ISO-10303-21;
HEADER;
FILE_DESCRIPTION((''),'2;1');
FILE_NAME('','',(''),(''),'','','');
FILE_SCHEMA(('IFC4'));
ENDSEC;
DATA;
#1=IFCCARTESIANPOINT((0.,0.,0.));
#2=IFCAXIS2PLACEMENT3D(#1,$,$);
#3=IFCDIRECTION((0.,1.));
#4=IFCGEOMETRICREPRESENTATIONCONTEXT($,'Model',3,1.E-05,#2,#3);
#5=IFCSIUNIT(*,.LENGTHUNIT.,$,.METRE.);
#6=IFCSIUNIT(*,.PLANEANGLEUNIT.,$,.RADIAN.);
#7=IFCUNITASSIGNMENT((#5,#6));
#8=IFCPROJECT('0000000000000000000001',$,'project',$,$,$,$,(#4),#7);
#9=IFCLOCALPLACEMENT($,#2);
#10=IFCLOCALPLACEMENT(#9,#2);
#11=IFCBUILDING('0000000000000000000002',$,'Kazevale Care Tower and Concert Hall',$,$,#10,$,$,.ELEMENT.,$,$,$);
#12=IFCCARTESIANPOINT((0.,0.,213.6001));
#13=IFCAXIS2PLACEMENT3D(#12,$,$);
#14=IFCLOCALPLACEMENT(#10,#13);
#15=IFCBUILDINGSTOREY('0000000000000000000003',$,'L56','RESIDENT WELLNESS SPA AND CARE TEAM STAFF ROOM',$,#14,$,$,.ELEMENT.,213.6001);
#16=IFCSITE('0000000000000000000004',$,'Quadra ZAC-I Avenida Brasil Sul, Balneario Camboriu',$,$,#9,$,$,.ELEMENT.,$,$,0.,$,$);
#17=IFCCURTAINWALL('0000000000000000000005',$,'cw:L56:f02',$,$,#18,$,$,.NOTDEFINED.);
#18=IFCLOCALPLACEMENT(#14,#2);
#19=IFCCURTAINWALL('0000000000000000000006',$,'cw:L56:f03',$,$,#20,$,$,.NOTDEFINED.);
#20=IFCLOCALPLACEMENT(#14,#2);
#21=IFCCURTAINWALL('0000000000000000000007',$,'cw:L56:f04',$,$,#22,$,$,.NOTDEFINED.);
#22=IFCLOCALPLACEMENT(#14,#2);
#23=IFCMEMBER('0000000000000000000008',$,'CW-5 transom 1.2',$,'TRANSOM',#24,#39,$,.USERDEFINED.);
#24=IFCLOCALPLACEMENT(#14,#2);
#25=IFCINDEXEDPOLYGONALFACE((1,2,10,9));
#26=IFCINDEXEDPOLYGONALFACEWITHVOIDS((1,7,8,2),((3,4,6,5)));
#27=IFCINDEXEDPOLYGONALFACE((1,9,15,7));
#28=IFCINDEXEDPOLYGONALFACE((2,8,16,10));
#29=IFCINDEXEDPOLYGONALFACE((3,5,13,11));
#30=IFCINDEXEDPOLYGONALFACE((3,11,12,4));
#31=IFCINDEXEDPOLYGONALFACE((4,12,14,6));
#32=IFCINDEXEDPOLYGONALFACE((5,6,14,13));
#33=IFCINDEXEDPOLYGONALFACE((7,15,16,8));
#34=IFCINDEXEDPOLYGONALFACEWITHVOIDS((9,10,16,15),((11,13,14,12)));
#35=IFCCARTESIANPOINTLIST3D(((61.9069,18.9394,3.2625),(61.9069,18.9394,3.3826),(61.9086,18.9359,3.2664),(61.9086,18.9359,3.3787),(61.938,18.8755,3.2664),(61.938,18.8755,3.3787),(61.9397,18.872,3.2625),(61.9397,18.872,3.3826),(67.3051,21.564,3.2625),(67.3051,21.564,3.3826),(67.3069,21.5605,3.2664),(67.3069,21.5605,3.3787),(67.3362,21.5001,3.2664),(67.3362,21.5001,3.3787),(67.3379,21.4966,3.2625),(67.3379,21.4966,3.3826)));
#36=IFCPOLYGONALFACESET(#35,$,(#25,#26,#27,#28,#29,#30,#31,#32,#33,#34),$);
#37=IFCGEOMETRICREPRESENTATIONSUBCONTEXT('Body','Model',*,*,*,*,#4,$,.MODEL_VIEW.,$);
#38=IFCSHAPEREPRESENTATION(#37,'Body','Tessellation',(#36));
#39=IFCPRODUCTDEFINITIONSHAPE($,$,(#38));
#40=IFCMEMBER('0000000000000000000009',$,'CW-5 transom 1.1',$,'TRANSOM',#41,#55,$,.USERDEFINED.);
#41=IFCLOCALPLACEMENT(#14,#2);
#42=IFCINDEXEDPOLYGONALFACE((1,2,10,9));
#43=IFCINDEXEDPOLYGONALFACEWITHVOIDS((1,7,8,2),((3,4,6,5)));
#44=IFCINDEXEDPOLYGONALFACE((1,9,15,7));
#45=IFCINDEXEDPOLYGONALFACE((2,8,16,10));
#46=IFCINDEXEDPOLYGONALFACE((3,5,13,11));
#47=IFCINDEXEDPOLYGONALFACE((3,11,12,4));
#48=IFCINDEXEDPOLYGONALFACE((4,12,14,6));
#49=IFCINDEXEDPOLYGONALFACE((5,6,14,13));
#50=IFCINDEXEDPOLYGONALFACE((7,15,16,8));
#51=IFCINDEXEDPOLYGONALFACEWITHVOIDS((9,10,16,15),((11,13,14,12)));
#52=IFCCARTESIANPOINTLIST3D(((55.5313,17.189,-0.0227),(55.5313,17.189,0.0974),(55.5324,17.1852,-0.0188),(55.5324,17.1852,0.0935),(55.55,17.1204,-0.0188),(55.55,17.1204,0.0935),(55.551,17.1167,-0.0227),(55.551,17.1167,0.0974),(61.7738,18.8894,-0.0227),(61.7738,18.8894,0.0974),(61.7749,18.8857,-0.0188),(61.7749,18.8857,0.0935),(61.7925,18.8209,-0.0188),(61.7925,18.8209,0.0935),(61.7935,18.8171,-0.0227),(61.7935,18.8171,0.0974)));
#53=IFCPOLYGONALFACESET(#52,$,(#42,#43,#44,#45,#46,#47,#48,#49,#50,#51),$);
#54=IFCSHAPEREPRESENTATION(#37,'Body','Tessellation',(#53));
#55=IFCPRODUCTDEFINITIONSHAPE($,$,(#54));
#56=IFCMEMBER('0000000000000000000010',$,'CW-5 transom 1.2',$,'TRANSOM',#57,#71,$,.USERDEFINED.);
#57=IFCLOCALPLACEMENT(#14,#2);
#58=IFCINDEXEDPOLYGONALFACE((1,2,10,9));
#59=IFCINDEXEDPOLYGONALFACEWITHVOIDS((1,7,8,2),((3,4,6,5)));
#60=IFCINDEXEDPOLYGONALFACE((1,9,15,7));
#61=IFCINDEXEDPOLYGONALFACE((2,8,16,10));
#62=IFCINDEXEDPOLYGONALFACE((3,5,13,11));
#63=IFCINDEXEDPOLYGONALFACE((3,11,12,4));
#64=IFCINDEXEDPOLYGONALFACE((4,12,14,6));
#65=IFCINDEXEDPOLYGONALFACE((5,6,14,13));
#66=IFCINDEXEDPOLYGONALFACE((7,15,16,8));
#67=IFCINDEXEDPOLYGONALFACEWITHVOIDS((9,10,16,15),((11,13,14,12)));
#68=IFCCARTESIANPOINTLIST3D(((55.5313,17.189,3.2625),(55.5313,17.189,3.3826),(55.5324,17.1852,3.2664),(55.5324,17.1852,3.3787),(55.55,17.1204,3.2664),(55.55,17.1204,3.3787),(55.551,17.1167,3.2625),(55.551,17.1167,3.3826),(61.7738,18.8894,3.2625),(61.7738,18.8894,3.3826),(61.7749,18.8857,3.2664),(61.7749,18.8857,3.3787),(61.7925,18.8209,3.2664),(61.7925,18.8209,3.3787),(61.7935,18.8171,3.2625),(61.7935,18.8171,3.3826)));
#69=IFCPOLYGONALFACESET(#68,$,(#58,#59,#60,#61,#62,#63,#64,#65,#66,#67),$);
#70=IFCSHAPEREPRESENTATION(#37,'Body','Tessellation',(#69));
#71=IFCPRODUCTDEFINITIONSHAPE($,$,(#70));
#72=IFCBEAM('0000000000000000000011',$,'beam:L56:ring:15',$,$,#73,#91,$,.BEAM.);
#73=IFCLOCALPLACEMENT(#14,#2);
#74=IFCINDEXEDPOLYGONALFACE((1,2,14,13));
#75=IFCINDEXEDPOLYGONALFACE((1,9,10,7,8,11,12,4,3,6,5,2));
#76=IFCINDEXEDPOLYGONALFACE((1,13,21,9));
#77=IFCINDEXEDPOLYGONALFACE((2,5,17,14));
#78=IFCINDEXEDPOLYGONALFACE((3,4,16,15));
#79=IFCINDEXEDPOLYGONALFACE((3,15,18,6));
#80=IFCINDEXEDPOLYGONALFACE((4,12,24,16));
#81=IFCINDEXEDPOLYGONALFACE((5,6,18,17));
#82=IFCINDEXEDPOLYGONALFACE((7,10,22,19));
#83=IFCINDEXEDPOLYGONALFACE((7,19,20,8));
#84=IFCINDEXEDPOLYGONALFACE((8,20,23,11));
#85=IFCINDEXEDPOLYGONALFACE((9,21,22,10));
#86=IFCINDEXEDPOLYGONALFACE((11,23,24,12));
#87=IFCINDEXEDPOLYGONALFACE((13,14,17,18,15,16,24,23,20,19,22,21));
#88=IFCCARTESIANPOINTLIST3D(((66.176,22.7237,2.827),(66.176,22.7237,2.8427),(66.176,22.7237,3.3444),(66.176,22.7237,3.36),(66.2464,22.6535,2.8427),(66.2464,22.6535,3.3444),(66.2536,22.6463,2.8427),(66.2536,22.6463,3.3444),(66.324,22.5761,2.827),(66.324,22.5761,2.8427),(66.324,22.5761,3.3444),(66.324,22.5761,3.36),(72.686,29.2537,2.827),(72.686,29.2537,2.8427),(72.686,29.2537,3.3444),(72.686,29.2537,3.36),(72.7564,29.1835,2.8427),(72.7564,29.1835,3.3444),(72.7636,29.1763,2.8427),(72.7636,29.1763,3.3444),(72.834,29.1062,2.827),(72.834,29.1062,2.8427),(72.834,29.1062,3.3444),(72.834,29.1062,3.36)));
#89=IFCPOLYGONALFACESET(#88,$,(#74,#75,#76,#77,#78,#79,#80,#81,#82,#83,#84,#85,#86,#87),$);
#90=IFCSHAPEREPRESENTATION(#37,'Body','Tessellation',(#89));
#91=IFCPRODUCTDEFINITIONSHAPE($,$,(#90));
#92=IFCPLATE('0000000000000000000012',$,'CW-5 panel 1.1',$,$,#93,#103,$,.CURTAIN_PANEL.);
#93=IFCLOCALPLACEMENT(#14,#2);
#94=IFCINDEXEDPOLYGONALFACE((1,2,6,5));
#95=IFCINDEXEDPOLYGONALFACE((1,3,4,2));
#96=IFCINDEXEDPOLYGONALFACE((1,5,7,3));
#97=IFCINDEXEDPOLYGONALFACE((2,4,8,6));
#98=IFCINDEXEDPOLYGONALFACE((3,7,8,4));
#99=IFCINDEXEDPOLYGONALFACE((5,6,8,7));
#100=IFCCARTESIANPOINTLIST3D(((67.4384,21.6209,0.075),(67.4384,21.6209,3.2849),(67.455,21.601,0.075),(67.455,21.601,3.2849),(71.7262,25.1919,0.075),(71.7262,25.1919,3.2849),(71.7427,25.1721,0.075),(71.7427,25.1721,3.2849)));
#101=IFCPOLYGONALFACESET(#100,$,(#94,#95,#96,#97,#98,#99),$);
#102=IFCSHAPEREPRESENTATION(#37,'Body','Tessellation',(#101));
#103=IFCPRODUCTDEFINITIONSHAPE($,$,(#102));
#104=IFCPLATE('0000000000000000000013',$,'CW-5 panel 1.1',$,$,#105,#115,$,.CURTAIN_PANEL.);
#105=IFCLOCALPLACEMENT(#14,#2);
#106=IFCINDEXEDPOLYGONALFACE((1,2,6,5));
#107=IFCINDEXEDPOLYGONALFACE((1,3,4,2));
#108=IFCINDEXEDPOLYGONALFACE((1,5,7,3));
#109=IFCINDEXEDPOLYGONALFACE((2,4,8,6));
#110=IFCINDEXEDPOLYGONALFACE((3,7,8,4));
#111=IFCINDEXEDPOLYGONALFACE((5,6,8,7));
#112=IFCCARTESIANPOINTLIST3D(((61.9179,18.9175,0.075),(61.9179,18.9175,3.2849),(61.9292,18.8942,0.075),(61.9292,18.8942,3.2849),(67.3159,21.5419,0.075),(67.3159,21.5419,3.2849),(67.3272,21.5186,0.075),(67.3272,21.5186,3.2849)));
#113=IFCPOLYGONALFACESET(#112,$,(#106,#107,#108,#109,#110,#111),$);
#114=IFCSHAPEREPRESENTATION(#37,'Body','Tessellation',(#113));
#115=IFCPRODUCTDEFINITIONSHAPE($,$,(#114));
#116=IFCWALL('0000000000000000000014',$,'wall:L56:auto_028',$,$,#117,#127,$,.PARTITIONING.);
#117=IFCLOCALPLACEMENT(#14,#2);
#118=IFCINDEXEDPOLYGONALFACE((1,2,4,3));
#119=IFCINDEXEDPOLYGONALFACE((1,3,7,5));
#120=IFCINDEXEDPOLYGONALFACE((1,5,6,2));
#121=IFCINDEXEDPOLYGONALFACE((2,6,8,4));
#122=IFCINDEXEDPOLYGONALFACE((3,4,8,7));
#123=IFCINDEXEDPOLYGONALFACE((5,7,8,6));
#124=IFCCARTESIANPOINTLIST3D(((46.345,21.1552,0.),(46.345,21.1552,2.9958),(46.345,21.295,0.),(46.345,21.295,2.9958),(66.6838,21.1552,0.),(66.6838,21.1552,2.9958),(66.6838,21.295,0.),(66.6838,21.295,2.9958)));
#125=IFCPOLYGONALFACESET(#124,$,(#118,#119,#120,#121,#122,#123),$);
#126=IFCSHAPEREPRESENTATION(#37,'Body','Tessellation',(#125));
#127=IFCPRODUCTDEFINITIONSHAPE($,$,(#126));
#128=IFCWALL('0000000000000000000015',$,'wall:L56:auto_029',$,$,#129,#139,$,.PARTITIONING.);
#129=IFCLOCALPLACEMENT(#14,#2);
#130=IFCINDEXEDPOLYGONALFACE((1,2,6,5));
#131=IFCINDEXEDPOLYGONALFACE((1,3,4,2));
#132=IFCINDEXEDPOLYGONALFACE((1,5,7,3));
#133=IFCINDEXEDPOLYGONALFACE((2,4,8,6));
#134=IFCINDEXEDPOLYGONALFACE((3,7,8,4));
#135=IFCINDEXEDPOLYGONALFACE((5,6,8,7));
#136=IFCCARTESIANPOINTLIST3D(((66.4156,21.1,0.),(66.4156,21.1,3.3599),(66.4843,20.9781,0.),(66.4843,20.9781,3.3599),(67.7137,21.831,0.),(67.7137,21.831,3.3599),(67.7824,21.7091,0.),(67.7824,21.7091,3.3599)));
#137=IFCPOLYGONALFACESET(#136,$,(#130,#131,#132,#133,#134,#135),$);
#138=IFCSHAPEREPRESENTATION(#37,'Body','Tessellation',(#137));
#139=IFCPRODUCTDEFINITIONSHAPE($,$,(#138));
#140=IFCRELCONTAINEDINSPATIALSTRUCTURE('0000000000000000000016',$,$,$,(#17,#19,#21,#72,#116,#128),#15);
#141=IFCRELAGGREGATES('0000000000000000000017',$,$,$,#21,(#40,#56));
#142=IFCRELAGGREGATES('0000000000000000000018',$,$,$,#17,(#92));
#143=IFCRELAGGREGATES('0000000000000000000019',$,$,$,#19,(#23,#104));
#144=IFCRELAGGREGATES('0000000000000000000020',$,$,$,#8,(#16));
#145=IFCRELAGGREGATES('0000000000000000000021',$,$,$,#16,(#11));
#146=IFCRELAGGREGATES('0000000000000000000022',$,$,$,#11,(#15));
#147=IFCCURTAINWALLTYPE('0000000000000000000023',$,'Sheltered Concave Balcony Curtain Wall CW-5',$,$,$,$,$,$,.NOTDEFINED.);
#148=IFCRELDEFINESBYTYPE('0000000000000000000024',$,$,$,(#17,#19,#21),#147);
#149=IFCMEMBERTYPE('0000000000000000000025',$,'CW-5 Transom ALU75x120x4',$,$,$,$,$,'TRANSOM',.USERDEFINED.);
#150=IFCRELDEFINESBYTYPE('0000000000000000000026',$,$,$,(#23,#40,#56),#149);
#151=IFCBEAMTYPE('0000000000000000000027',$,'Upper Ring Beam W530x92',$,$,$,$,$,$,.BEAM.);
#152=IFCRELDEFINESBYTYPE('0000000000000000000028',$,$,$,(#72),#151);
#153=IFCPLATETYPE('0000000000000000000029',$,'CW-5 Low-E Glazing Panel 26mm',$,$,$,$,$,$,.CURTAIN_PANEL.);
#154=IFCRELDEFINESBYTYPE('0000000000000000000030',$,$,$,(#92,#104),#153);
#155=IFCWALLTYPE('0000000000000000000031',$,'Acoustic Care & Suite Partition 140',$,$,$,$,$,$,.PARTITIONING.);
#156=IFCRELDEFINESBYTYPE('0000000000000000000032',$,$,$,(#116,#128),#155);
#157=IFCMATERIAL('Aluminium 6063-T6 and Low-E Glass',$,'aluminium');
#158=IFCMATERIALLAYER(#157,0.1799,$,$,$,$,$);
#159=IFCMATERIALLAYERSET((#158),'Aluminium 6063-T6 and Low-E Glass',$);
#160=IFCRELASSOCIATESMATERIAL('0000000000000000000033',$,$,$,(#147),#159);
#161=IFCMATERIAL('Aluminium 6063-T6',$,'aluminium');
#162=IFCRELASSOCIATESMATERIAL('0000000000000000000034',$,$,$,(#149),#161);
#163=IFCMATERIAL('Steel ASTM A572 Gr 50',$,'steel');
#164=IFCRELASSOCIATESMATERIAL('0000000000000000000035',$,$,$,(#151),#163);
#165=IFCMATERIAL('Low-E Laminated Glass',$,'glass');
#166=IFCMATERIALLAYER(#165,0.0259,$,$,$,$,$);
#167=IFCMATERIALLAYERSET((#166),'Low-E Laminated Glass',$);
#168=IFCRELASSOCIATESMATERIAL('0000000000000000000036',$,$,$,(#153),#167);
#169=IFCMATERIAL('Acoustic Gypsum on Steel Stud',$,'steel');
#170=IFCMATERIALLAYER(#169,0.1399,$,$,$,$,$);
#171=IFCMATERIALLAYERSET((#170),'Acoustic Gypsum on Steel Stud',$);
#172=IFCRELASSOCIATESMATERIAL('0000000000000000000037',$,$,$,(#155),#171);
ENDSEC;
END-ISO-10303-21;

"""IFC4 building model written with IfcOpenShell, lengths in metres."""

from ifc_helpers import new_model, si_unit, direction, frame, frame_2d, origin, origin_2d, place, context, subcontext, project, spatial, rectangle, hollow_rectangle, i_section, extrude, material, layer, layer_set, material_profile, profile_set, type_object, element, aggregate, save


model = new_model("IFC4")

# Units and contexts
model_context = context("Model", 3, precision=1e-05, world=origin(), true_north=direction((0.0, 1.0)))
body_context = subcontext(model_context, "Body", "Model", "MODEL_VIEW")
ifc_project = project(units=[si_unit("LENGTHUNIT", "METRE"), si_unit("PLANEANGLEUNIT", "RADIAN")], contexts=[model_context])

# Site, building, storey
site_placement = place(None, origin())
site = spatial("IfcSite", under=ifc_project, at=site_placement, Name="Quadra ZAC-I Avenida Brasil Sul, Balneario Camboriu", CompositionType="ELEMENT", RefElevation=0.0)
building_placement = place(site_placement, origin())
building = spatial("IfcBuilding", under=site, at=building_placement, Name="Kazevale Care Tower and Concert Hall", CompositionType="ELEMENT")
storey_placement = place(building_placement, frame((0.0, 0.0, 213.6001)))
storey = spatial("IfcBuildingStorey", under=building, at=storey_placement, Name="L56", Description="RESIDENT WELLNESS SPA AND CARE TEAM STAFF ROOM", CompositionType="ELEMENT", Elevation=213.6001)

# Curtain walls
ifc_material_1 = material(Name="Aluminium 6063-T6 and Low-E Glass", Category="aluminium")
ifc_layer_1 = layer(ifc_material_1, 0.1799)
ifc_layer_set_1 = layer_set([ifc_layer_1], Name="Aluminium 6063-T6 and Low-E Glass")
curtain_wall_type = type_object("IfcCurtainWallType", Name="Sheltered Concave Balcony Curtain Wall CW-5", PredefinedType="NOTDEFINED", material=ifc_layer_set_1)
curtain_wall_1_placement = place(storey_placement, origin())
curtain_wall_1 = element("IfcCurtainWall", 1, at=curtain_wall_1_placement, inside=storey, type_object=curtain_wall_type, Name="cw:L56:f02", PredefinedType="NOTDEFINED")
ifc_material_2 = material(Name="Aluminium 6063-T6", Category="aluminium")
curtain_wall_2_placement = place(storey_placement, origin())
curtain_wall_2 = element("IfcCurtainWall", 2, at=curtain_wall_2_placement, inside=storey, type_object=curtain_wall_type, Name="cw:L56:f03", PredefinedType="NOTDEFINED")

# Curtain wall
curtain_wall_3_placement = place(storey_placement, origin())
curtain_wall_3 = element("IfcCurtainWall", 3, at=curtain_wall_3_placement, inside=storey, type_object=curtain_wall_type, Name="cw:L56:f04", PredefinedType="NOTDEFINED")

# Members
ifc_material_profile_1 = material_profile(ifc_material_2, hollow_rectangle(XDim=0.075, YDim=0.1201, WallThickness=0.0039, at=origin_2d()), Name="ALU75x120x4")
ifc_profile_set_1 = profile_set([ifc_material_profile_1], Name="Aluminium 6063-T6")
member_type_1 = type_object("IfcMemberType", Name="CW-5 Transom ALU75x120x4", ElementType="TRANSOM", PredefinedType="USERDEFINED", material=ifc_profile_set_1)
member_1_placement = place(storey_placement, frame((67.3215, 21.5303, 3.3225), z_axis=(-0.899342, -0.437245, 0.0), x_axis=(0.437245, -0.899342, 0.0)))
member_1 = element("IfcMember", 4, at=member_1_placement, type_object=member_type_1, Name="CW-5 transom 1.2", ObjectType="TRANSOM", PredefinedType="USERDEFINED", context=body_context, shape_type="SweptSolid", body=[
    extrude(hollow_rectangle(XDim=0.075, YDim=0.1201, WallThickness=0.0039, at=origin_2d()), origin(), (0.0, 0.0, 1.0), 6.0024),
])
member_2_placement = place(storey_placement, frame((61.7837, 18.8533, 0.0374), z_axis=(-0.964844, -0.262824, 0.0), x_axis=(0.262824, -0.964844, 0.0)))
member_2 = element("IfcMember", 5, at=member_2_placement, type_object=member_type_1, Name="CW-5 transom 1.1", ObjectType="TRANSOM", PredefinedType="USERDEFINED", context=body_context, shape_type="SweptSolid", body=[
    extrude(hollow_rectangle(XDim=0.075, YDim=0.1201, WallThickness=0.0039, at=origin_2d()), origin(), (0.0, 0.0, 1.0), 6.47),
])
member_3_placement = place(storey_placement, frame((61.7837, 18.8533, 3.3225), z_axis=(-0.964844, -0.262824, 0.0), x_axis=(0.262824, -0.964844, 0.0)))
member_3 = element("IfcMember", 6, at=member_3_placement, type_object=member_type_1, Name="CW-5 transom 1.2", ObjectType="TRANSOM", PredefinedType="USERDEFINED", context=body_context, shape_type="SweptSolid", body=[
    extrude(hollow_rectangle(XDim=0.075, YDim=0.1201, WallThickness=0.0039, at=origin_2d()), origin(), (0.0, 0.0, 1.0), 6.47),
])
aggregate(curtain_wall_3, [member_2, member_3])

# Beam
ifc_material_3 = material(Name="Steel ASTM A572 Gr 50", Category="steel")
ifc_material_profile_2 = material_profile(ifc_material_3, i_section(OverallWidth=0.209, OverallDepth=0.533, WebThickness=0.0103, FlangeThickness=0.0156, at=origin_2d()), Name="W530x92")
ifc_profile_set_2 = profile_set([ifc_material_profile_2], Name="Steel ASTM A572 Gr 50")
beam_type = type_object("IfcBeamType", Name="Upper Ring Beam W530x92", PredefinedType="BEAM", material=ifc_profile_set_2)
beam_placement = place(storey_placement, frame((66.25, 22.6499, 3.0935), z_axis=(0.70602, 0.708192, 0.0), x_axis=(-0.708192, 0.70602, 0.0)))
element("IfcBeam", 7, at=beam_placement, inside=storey, type_object=beam_type, Name="beam:L56:ring:15", PredefinedType="BEAM", context=body_context, shape_type="SweptSolid", body=[
    extrude(i_section(OverallWidth=0.209, OverallDepth=0.533, WebThickness=0.0103, FlangeThickness=0.0156, at=origin_2d()), origin(), (0.0, 0.0, 1.0), 9.2207),
])

# Plates
ifc_material_4 = material(Name="Low-E Laminated Glass", Category="glass")
ifc_layer_2 = layer(ifc_material_4, 0.0259)
ifc_layer_set_2 = layer_set([ifc_layer_2], Name="Low-E Laminated Glass")
plate_type = type_object("IfcPlateType", Name="CW-5 Low-E Glazing Panel 26mm", PredefinedType="CURTAIN_PANEL", material=ifc_layer_set_2)
plate_1_placement = place(storey_placement, frame((69.5906, 23.3965, 0.075), z_axis=(0.0, 0.0, 1.0), x_axis=(-0.768407, -0.639961, 0.0)))
plate_1 = element("IfcPlate", 8, at=plate_1_placement, type_object=plate_type, Name="CW-5 panel 1.1", PredefinedType="CURTAIN_PANEL", context=body_context, shape_type="SweptSolid", body=[
    extrude(rectangle(XDim=5.5801, YDim=0.0259, at=origin_2d()), origin(), (0.0, 0.0, 1.0), 3.21),
])
aggregate(curtain_wall_1, [plate_1])
plate_2_placement = place(storey_placement, frame((64.6226, 20.218, 0.075), z_axis=(0.0, 0.0, 1.0), x_axis=(-0.899346, -0.437238, 0.0)))
plate_2 = element("IfcPlate", 9, at=plate_2_placement, type_object=plate_type, Name="CW-5 panel 1.1", PredefinedType="CURTAIN_PANEL", context=body_context, shape_type="SweptSolid", body=[
    extrude(rectangle(XDim=6.0022, YDim=0.0259, at=origin_2d()), origin(), (0.0, 0.0, 1.0), 3.21),
])
aggregate(curtain_wall_2, [member_1, plate_2])

# Walls
ifc_material_5 = material(Name="Acoustic Gypsum on Steel Stud", Category="steel")
ifc_layer_3 = layer(ifc_material_5, 0.1399)
ifc_layer_set_3 = layer_set([ifc_layer_3], Name="Acoustic Gypsum on Steel Stud")
wall_type = type_object("IfcWallType", Name="Acoustic Care & Suite Partition 140", PredefinedType="PARTITIONING", material=ifc_layer_set_3)
wall_1_placement = place(storey_placement, frame((66.6838, 21.2251, 0.0), z_axis=(0.0, 0.0, 1.0), x_axis=(-1.0, 0.0, 0.0)))
element("IfcWall", 10, at=wall_1_placement, inside=storey, type_object=wall_type, Name="wall:L56:auto_028", PredefinedType="PARTITIONING", context=body_context, shape_type="SweptSolid", body=[
    extrude(rectangle(XDim=20.3389, YDim=0.1399, at=frame_2d((10.1694, 0.0))), origin(), (0.0, 0.0, 1.0), 2.9958),
])
wall_2_placement = place(storey_placement, frame((67.748, 21.77, 0.0), z_axis=(0.0, 0.0, 1.0), x_axis=(-0.871352, -0.490658, 0.0)))
element("IfcWall", 11, at=wall_2_placement, inside=storey, type_object=wall_type, Name="wall:L56:auto_029", PredefinedType="PARTITIONING", context=body_context, shape_type="SweptSolid", body=[
    extrude(rectangle(XDim=1.4897, YDim=0.1399, at=frame_2d((0.7449, 0.0))), origin(), (0.0, 0.0, 1.0), 3.3599),
])

save(model, "model.ifc")
